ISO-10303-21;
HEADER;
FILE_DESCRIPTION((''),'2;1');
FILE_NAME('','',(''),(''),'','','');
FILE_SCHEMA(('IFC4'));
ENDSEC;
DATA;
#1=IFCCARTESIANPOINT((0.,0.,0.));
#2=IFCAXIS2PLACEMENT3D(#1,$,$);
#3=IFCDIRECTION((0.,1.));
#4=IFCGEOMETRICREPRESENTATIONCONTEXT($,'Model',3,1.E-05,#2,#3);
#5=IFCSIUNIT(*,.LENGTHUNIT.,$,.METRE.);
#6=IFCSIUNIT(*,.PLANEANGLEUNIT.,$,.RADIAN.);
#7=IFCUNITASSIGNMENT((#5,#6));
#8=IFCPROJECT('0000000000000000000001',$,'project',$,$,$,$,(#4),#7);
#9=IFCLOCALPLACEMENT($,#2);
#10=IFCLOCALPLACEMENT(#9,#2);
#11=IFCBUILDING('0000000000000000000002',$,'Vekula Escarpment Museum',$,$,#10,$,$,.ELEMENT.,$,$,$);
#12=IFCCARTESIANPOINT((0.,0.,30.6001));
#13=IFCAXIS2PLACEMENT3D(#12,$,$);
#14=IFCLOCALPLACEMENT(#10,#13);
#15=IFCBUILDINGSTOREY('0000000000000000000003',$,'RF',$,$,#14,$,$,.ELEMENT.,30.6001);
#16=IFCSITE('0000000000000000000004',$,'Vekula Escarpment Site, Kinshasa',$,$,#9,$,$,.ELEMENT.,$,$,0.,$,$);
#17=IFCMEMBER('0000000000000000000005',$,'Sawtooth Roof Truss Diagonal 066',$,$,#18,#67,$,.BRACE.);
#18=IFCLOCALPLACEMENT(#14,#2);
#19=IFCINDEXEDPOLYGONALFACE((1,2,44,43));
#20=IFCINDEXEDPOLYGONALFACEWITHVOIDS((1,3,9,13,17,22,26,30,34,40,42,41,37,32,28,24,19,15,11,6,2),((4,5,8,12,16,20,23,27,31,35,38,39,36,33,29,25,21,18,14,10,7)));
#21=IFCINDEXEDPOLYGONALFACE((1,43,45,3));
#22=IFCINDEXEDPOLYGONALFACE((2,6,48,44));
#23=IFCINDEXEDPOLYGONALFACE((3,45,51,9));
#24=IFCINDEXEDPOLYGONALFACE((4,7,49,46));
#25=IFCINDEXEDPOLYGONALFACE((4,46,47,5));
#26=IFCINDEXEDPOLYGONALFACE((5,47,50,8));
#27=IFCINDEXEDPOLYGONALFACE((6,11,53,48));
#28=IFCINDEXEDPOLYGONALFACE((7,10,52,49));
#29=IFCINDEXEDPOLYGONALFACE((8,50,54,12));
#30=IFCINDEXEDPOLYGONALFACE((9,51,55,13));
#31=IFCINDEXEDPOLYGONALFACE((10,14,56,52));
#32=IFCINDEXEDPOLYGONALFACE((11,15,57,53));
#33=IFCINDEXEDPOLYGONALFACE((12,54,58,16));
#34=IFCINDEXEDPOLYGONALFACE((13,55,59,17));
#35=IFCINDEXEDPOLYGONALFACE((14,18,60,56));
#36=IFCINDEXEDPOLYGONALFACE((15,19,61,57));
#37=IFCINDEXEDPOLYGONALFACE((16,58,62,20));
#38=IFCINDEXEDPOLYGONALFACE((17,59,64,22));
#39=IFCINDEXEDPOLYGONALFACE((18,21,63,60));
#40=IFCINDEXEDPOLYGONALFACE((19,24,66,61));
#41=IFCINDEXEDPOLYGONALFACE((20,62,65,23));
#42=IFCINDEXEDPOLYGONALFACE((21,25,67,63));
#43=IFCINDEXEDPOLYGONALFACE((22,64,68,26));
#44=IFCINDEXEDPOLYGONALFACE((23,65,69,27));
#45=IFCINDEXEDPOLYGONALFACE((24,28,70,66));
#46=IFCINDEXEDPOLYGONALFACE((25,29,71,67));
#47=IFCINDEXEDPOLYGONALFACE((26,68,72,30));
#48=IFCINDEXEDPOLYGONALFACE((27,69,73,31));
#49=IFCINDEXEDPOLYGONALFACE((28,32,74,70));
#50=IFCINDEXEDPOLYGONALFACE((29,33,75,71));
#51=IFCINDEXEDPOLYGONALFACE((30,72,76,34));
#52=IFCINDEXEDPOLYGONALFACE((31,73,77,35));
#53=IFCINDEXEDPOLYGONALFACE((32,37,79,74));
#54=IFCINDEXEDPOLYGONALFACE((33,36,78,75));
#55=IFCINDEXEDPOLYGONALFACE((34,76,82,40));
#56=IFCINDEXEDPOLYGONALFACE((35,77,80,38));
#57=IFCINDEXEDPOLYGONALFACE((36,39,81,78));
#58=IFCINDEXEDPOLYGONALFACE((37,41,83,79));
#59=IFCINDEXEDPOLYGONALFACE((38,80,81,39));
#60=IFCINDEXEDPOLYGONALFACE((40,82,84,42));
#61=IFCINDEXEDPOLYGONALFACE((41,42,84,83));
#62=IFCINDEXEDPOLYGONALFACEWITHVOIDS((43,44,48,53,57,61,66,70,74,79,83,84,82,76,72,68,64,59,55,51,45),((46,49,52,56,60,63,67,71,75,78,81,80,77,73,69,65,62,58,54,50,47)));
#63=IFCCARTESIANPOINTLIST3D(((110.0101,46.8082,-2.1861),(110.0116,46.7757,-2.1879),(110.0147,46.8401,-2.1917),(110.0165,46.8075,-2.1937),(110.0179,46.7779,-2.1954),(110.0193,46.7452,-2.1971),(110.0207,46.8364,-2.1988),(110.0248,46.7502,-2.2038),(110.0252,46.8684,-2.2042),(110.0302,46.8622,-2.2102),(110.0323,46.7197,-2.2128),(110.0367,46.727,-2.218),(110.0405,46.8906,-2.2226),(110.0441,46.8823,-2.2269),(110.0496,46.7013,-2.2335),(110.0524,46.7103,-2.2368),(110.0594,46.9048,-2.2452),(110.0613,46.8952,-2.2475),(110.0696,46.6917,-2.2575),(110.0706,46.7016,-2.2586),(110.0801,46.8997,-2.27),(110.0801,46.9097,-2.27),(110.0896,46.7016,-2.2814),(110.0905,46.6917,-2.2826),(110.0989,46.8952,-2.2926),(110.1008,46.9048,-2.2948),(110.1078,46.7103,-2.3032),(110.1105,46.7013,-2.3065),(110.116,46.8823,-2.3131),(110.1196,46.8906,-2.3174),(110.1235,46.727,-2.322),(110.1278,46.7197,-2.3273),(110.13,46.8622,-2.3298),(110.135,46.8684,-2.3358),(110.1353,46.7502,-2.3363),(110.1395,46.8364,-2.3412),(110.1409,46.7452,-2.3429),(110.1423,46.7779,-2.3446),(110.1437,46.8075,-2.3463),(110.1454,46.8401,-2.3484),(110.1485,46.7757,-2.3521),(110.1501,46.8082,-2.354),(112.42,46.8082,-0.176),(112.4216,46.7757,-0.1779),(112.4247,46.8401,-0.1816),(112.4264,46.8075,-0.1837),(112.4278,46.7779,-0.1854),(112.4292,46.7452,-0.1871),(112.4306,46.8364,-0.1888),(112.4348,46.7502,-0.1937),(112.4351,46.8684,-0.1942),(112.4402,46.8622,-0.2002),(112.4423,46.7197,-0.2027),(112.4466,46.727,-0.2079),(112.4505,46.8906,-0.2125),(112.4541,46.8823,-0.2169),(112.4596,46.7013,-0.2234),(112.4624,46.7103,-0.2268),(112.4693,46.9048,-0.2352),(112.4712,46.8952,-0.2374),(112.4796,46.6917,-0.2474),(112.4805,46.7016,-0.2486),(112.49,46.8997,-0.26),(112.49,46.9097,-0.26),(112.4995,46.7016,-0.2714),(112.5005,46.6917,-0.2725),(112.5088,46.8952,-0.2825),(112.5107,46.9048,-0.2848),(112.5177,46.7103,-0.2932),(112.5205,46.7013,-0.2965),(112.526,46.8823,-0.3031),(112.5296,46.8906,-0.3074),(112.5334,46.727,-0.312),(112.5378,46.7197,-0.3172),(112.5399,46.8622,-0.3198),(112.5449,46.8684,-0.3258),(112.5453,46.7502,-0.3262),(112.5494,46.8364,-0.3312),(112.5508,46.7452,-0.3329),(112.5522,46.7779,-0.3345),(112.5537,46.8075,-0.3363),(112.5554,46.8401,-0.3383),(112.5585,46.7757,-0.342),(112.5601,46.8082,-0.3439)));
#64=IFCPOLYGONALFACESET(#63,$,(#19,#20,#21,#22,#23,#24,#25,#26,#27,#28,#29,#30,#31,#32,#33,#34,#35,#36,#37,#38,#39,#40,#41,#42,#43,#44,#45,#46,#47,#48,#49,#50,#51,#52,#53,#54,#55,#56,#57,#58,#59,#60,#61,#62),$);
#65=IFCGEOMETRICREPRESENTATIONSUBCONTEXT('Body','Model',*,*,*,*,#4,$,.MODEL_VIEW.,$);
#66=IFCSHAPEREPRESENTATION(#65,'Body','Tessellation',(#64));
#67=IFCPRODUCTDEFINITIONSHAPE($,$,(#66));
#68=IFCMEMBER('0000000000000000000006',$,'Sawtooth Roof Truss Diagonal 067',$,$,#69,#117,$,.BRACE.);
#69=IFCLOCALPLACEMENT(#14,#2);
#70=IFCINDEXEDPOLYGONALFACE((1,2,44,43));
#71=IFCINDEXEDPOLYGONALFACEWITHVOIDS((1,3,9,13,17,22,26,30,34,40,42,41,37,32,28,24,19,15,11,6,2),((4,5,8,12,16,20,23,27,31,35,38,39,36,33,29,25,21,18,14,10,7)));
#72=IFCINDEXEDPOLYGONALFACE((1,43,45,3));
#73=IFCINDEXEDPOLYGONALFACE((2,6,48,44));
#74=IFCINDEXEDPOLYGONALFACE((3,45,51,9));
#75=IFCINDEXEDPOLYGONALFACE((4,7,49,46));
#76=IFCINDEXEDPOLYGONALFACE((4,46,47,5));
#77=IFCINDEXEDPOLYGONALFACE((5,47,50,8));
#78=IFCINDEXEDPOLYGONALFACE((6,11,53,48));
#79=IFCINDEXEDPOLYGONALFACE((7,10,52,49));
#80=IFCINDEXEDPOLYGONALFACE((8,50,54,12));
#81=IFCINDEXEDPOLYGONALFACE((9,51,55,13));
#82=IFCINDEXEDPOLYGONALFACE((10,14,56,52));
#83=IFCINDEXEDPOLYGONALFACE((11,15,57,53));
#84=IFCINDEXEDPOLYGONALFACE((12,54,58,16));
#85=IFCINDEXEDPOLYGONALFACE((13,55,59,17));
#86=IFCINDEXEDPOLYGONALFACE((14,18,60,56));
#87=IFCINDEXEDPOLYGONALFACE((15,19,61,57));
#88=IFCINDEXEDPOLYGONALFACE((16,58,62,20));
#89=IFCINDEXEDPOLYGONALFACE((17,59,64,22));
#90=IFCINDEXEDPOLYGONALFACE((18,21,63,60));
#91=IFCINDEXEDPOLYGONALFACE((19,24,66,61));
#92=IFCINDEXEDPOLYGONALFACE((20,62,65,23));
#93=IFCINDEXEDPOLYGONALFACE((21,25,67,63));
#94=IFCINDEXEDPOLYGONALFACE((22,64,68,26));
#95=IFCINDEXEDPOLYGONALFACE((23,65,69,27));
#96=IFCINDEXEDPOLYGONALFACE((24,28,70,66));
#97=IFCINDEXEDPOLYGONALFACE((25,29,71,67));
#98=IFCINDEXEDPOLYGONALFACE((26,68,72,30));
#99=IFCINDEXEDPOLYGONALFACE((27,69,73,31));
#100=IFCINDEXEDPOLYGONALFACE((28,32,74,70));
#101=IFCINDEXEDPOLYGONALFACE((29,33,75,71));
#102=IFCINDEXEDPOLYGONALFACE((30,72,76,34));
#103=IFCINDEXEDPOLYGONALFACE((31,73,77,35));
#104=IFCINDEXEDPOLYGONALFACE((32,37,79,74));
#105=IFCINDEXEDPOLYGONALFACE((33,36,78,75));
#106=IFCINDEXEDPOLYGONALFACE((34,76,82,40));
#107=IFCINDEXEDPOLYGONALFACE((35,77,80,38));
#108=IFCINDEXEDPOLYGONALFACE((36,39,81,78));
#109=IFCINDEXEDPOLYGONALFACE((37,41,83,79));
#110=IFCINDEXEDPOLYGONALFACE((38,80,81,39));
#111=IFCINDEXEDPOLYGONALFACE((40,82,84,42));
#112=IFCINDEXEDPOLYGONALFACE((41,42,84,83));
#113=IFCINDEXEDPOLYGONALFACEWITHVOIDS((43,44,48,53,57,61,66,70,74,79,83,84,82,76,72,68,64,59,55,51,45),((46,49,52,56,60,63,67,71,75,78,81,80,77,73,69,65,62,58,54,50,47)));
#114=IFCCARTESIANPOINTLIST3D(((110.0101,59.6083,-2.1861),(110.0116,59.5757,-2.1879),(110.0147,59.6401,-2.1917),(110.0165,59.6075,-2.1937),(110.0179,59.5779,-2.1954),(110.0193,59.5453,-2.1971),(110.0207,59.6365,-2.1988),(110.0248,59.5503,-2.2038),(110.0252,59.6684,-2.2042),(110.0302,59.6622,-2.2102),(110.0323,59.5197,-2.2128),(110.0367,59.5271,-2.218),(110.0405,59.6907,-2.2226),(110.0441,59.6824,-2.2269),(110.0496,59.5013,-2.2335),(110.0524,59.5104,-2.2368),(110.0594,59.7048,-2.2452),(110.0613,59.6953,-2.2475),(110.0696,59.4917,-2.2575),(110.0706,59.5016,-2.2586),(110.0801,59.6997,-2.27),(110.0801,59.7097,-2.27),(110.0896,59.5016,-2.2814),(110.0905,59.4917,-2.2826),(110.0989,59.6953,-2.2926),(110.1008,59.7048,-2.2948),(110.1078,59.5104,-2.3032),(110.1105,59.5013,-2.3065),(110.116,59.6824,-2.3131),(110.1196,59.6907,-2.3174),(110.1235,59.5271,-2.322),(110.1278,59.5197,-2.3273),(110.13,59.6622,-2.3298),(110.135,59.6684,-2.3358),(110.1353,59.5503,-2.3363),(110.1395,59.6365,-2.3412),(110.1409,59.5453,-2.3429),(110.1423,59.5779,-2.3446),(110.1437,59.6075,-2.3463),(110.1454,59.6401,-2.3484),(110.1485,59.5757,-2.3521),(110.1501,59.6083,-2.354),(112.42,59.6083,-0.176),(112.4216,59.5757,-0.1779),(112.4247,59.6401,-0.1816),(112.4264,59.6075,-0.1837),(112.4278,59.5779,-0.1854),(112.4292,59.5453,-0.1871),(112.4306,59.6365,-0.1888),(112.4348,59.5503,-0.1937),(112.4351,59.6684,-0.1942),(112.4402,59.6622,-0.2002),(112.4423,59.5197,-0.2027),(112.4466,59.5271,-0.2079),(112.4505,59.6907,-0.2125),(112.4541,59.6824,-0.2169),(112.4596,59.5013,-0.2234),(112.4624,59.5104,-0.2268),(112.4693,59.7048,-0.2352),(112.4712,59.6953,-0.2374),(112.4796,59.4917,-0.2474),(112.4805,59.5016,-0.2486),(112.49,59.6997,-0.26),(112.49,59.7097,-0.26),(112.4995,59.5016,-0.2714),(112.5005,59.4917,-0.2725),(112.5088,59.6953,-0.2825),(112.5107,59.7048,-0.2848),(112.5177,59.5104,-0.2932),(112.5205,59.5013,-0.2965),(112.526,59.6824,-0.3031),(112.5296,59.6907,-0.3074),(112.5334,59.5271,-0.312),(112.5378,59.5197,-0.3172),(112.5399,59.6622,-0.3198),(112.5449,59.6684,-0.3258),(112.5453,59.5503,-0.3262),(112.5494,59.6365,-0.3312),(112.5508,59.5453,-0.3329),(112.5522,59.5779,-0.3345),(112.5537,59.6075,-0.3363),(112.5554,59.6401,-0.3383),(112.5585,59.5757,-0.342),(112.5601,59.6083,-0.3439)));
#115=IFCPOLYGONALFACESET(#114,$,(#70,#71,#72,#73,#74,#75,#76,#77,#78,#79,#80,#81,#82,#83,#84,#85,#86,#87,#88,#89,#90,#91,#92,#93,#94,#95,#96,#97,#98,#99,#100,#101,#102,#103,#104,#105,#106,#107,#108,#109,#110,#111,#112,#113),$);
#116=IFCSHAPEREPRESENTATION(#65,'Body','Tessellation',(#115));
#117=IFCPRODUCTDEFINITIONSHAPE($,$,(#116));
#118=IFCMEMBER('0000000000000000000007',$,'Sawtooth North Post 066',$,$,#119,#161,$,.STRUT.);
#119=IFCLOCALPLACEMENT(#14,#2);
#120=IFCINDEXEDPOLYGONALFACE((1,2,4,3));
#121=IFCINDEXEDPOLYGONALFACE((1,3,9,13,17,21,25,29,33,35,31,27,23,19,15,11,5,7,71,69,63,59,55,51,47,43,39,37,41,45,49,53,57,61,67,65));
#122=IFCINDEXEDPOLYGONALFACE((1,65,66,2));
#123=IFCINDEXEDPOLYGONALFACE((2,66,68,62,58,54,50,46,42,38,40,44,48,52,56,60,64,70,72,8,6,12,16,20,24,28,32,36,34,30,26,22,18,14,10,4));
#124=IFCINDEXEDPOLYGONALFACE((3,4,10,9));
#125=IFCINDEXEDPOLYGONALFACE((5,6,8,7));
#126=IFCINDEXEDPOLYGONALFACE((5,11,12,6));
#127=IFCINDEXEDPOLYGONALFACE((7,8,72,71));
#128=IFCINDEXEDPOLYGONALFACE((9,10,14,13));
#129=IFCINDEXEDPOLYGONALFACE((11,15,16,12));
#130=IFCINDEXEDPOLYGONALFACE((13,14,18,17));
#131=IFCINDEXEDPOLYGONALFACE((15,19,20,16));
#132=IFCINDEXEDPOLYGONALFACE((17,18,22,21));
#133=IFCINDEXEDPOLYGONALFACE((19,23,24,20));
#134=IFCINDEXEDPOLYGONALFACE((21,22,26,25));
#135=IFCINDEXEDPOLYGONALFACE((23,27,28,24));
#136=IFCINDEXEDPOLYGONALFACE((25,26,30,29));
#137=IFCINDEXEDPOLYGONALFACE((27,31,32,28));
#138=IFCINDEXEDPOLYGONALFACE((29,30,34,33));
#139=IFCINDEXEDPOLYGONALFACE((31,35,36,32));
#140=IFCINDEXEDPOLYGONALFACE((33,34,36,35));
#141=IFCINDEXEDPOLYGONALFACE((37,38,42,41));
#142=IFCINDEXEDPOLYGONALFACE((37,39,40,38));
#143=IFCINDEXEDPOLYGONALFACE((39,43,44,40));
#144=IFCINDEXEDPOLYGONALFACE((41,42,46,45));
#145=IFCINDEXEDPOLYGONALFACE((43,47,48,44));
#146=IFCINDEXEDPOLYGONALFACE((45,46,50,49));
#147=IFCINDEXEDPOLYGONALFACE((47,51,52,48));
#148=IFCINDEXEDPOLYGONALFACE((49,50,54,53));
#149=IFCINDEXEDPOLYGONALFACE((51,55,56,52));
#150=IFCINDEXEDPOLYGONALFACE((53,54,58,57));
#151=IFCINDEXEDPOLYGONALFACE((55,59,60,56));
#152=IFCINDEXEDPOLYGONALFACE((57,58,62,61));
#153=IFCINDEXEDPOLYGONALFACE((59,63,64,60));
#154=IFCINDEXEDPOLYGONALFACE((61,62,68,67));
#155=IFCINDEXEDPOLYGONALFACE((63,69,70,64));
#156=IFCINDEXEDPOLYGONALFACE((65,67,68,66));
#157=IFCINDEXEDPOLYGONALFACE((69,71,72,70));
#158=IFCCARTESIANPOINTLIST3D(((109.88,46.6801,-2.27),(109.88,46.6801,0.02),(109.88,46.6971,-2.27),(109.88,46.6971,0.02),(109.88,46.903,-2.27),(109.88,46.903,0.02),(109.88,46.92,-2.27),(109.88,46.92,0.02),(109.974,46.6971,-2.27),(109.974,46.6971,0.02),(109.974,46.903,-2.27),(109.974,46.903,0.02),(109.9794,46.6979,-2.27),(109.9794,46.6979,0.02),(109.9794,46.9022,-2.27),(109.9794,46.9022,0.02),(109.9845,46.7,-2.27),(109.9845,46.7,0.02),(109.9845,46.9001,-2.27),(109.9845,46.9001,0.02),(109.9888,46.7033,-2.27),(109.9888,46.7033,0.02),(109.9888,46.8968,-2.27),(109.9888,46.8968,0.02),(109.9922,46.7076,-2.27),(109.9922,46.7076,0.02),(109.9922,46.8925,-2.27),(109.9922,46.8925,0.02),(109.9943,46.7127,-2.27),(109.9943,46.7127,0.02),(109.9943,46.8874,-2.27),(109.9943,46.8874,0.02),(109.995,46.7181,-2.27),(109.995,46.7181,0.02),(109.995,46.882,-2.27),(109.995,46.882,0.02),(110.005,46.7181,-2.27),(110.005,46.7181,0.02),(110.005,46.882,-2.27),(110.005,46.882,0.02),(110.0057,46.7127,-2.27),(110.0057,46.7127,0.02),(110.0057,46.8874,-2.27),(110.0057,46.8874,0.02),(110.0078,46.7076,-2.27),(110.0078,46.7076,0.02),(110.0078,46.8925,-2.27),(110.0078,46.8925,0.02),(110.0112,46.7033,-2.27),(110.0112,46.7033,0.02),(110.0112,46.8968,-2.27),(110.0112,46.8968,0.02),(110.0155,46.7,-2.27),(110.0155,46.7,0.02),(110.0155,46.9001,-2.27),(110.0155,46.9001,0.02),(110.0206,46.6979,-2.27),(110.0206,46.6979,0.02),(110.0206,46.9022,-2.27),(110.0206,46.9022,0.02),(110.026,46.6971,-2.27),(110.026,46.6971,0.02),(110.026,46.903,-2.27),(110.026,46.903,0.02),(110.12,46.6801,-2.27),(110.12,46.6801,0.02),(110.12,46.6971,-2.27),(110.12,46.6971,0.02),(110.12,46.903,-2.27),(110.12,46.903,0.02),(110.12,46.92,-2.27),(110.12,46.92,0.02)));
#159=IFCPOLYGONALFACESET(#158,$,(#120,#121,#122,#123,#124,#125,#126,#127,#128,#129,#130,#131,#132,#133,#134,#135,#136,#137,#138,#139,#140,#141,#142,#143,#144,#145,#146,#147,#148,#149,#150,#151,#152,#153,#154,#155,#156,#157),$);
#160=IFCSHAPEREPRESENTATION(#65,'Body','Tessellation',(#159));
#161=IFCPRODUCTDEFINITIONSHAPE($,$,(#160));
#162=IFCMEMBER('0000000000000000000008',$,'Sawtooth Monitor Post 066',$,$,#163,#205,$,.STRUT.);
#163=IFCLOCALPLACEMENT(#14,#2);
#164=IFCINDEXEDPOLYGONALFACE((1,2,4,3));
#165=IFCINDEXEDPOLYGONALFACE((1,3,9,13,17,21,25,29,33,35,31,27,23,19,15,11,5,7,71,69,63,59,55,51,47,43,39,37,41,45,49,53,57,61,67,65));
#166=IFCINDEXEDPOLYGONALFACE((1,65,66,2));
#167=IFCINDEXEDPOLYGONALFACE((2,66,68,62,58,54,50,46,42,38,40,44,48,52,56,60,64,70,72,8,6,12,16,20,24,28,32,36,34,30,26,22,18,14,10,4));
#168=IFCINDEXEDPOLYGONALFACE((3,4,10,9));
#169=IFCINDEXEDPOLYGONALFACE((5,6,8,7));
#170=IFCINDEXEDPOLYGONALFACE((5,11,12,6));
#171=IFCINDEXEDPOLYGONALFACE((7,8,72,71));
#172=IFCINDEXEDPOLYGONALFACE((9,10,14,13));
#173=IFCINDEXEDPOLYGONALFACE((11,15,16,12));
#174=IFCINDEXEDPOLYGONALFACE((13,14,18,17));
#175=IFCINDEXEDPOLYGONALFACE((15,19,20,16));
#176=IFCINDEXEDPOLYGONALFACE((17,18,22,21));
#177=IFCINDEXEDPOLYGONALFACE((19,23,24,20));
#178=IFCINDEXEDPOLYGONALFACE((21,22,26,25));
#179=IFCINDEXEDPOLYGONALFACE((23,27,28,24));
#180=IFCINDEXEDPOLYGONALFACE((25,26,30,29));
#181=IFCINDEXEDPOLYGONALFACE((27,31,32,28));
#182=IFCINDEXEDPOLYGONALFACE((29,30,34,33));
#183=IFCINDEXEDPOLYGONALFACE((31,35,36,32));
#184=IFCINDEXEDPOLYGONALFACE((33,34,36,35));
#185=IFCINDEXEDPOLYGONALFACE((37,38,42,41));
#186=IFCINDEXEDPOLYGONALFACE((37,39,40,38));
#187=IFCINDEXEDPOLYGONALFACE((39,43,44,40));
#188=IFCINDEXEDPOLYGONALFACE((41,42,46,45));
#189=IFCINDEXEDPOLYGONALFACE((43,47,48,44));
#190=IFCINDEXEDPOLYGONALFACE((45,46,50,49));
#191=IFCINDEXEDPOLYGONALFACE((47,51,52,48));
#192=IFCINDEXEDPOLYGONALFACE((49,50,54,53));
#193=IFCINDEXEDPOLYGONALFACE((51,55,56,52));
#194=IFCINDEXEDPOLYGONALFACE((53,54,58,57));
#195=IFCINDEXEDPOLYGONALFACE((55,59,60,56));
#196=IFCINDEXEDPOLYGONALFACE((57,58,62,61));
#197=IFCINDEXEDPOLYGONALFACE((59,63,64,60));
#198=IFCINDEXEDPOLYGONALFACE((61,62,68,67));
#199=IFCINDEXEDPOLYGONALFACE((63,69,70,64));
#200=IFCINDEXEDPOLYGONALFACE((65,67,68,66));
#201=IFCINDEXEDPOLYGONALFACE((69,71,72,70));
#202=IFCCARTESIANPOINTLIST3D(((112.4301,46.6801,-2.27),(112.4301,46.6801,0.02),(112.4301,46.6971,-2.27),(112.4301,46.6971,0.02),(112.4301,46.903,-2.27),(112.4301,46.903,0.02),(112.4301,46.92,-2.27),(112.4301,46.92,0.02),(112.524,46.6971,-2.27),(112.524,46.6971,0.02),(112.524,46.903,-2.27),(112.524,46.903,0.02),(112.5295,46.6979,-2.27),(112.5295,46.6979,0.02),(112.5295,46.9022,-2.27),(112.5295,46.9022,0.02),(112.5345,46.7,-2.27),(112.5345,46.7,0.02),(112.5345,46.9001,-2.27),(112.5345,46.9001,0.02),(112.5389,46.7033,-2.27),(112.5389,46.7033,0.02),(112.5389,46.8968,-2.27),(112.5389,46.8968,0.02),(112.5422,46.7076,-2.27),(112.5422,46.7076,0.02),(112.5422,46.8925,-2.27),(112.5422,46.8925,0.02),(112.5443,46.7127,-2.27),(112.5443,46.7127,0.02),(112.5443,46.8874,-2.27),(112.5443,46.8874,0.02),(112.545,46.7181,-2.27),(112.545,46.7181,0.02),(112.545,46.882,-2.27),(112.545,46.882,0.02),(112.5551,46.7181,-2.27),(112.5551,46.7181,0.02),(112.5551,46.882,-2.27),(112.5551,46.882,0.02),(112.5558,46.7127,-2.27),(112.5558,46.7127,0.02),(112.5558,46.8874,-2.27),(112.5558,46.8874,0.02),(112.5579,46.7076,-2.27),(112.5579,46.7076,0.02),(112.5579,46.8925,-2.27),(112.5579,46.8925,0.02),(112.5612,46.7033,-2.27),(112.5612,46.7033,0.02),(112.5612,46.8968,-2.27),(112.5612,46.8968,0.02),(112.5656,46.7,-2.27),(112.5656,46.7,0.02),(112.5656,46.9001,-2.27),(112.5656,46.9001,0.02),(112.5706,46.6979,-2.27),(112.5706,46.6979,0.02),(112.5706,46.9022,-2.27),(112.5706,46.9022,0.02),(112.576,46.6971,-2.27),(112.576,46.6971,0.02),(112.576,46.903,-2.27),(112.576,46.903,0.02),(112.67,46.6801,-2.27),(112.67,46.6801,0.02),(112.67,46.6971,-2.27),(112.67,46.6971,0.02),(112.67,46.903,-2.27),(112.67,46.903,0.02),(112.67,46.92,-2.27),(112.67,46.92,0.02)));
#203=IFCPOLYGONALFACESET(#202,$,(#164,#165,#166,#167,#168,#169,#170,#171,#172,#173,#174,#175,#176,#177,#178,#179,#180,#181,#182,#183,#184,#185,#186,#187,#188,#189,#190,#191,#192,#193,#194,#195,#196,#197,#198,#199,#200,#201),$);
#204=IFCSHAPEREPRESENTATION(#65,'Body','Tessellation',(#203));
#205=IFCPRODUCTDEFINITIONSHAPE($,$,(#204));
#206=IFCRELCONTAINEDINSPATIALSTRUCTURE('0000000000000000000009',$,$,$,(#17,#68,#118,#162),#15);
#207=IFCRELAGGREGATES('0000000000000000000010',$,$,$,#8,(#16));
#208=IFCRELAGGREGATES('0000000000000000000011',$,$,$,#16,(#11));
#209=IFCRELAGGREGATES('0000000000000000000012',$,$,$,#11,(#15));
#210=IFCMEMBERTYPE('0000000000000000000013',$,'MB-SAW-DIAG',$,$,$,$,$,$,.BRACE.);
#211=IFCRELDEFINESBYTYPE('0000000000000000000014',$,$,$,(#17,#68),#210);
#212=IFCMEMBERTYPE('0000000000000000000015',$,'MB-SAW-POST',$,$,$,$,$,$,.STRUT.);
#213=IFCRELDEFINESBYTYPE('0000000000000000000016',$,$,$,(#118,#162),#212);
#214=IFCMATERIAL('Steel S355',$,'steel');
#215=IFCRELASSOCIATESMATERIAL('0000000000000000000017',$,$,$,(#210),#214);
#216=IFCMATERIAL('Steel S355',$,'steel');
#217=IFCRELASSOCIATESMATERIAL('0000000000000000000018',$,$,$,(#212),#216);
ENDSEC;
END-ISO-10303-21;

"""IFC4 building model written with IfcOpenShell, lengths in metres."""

from ifc_helpers import new_model, si_unit, direction, frame, origin, origin_2d, place, context, subcontext, project, spatial, hollow_circle, i_section, extrude, material, material_profile, profile_set, type_object, element, save


model = new_model("IFC4")

# Units and contexts
model_context = context("Model", 3, precision=1e-05, world=origin(), true_north=direction((0.0, 1.0)))
body_context = subcontext(model_context, "Body", "Model", "MODEL_VIEW")
ifc_project = project(units=[si_unit("LENGTHUNIT", "METRE"), si_unit("PLANEANGLEUNIT", "RADIAN")], contexts=[model_context])

# Site, building, storey
site_placement = place(None, origin())
site = spatial("IfcSite", under=ifc_project, at=site_placement, Name="Vekula Escarpment Site, Kinshasa", CompositionType="ELEMENT", RefElevation=0.0)
building_placement = place(site_placement, origin())
building = spatial("IfcBuilding", under=site, at=building_placement, Name="Vekula Escarpment Museum", CompositionType="ELEMENT")
storey_placement = place(building_placement, frame((0.0, 0.0, 30.6001)))
storey = spatial("IfcBuildingStorey", under=building, at=storey_placement, Name="RF", CompositionType="ELEMENT", Elevation=30.6001)

# Members
ifc_material_1 = material(Name="Steel S355", Category="steel")
ifc_material_profile_1 = material_profile(ifc_material_1, hollow_circle(Radius=0.1096, WallThickness=0.01, at=origin_2d()), Name="CHS 219.1x10")
ifc_profile_set_1 = profile_set([ifc_material_profile_1], Name="Steel S355")
member_type_1 = type_object("IfcMemberType", Name="MB-SAW-DIAG", PredefinedType="BRACE", material=ifc_profile_set_1)
for number, where, z_axis, x_axis, name in (
    (1, (110.0801, 46.8, -2.27), (0.767947, 0.0, 0.640513), (0.0, 1.0, 0.0), "Sawtooth Roof Truss Diagonal 066"),
    (2, (110.0801, 59.6001, -2.27), (0.767947, 0.0, 0.640513), (0.0, 1.0, 0.0), "Sawtooth Roof Truss Diagonal 067"),
):
    element("IfcMember", number, at=place(storey_placement, frame(where, z_axis=z_axis, x_axis=x_axis)), inside=storey, type_object=member_type_1, Name=name, PredefinedType="BRACE", context=body_context, shape_type="SweptSolid", body=[
        extrude(hollow_circle(Radius=0.1096, WallThickness=0.01, at=origin_2d()), origin(), (0.0, 0.0, 1.0), 3.1382),
    ])
ifc_material_2 = material(Name="Steel S355", Category="steel")
ifc_material_profile_2 = material_profile(ifc_material_2, i_section(OverallWidth=0.24, OverallDepth=0.24, WebThickness=0.01, FlangeThickness=0.0171, FilletRadius=0.021, at=origin_2d()), Name="HEB 240")
ifc_profile_set_2 = profile_set([ifc_material_profile_2], Name="Steel S355")
member_type_2 = type_object("IfcMemberType", Name="MB-SAW-POST", PredefinedType="STRUT", material=ifc_profile_set_2)
for number, where, z_axis, x_axis, name in (
    (3, (110.0, 46.8, -2.27), (0.0, 0.0, 1.0), (1.0, 0.0, 0.0), "Sawtooth North Post 066"),
    (4, (112.55, 46.8, -2.27), (0.0, 0.0, 1.0), (1.0, 0.0, 0.0), "Sawtooth Monitor Post 066"),
):
    element("IfcMember", number, at=place(storey_placement, frame(where, z_axis=z_axis, x_axis=x_axis)), inside=storey, type_object=member_type_2, Name=name, PredefinedType="STRUT", context=body_context, shape_type="SweptSolid", body=[
        extrude(i_section(OverallWidth=0.24, OverallDepth=0.24, WebThickness=0.01, FlangeThickness=0.0171, FilletRadius=0.021, at=origin_2d()), origin(), (0.0, 0.0, 1.0), 2.29),
    ])

save(model, "model.ifc")
